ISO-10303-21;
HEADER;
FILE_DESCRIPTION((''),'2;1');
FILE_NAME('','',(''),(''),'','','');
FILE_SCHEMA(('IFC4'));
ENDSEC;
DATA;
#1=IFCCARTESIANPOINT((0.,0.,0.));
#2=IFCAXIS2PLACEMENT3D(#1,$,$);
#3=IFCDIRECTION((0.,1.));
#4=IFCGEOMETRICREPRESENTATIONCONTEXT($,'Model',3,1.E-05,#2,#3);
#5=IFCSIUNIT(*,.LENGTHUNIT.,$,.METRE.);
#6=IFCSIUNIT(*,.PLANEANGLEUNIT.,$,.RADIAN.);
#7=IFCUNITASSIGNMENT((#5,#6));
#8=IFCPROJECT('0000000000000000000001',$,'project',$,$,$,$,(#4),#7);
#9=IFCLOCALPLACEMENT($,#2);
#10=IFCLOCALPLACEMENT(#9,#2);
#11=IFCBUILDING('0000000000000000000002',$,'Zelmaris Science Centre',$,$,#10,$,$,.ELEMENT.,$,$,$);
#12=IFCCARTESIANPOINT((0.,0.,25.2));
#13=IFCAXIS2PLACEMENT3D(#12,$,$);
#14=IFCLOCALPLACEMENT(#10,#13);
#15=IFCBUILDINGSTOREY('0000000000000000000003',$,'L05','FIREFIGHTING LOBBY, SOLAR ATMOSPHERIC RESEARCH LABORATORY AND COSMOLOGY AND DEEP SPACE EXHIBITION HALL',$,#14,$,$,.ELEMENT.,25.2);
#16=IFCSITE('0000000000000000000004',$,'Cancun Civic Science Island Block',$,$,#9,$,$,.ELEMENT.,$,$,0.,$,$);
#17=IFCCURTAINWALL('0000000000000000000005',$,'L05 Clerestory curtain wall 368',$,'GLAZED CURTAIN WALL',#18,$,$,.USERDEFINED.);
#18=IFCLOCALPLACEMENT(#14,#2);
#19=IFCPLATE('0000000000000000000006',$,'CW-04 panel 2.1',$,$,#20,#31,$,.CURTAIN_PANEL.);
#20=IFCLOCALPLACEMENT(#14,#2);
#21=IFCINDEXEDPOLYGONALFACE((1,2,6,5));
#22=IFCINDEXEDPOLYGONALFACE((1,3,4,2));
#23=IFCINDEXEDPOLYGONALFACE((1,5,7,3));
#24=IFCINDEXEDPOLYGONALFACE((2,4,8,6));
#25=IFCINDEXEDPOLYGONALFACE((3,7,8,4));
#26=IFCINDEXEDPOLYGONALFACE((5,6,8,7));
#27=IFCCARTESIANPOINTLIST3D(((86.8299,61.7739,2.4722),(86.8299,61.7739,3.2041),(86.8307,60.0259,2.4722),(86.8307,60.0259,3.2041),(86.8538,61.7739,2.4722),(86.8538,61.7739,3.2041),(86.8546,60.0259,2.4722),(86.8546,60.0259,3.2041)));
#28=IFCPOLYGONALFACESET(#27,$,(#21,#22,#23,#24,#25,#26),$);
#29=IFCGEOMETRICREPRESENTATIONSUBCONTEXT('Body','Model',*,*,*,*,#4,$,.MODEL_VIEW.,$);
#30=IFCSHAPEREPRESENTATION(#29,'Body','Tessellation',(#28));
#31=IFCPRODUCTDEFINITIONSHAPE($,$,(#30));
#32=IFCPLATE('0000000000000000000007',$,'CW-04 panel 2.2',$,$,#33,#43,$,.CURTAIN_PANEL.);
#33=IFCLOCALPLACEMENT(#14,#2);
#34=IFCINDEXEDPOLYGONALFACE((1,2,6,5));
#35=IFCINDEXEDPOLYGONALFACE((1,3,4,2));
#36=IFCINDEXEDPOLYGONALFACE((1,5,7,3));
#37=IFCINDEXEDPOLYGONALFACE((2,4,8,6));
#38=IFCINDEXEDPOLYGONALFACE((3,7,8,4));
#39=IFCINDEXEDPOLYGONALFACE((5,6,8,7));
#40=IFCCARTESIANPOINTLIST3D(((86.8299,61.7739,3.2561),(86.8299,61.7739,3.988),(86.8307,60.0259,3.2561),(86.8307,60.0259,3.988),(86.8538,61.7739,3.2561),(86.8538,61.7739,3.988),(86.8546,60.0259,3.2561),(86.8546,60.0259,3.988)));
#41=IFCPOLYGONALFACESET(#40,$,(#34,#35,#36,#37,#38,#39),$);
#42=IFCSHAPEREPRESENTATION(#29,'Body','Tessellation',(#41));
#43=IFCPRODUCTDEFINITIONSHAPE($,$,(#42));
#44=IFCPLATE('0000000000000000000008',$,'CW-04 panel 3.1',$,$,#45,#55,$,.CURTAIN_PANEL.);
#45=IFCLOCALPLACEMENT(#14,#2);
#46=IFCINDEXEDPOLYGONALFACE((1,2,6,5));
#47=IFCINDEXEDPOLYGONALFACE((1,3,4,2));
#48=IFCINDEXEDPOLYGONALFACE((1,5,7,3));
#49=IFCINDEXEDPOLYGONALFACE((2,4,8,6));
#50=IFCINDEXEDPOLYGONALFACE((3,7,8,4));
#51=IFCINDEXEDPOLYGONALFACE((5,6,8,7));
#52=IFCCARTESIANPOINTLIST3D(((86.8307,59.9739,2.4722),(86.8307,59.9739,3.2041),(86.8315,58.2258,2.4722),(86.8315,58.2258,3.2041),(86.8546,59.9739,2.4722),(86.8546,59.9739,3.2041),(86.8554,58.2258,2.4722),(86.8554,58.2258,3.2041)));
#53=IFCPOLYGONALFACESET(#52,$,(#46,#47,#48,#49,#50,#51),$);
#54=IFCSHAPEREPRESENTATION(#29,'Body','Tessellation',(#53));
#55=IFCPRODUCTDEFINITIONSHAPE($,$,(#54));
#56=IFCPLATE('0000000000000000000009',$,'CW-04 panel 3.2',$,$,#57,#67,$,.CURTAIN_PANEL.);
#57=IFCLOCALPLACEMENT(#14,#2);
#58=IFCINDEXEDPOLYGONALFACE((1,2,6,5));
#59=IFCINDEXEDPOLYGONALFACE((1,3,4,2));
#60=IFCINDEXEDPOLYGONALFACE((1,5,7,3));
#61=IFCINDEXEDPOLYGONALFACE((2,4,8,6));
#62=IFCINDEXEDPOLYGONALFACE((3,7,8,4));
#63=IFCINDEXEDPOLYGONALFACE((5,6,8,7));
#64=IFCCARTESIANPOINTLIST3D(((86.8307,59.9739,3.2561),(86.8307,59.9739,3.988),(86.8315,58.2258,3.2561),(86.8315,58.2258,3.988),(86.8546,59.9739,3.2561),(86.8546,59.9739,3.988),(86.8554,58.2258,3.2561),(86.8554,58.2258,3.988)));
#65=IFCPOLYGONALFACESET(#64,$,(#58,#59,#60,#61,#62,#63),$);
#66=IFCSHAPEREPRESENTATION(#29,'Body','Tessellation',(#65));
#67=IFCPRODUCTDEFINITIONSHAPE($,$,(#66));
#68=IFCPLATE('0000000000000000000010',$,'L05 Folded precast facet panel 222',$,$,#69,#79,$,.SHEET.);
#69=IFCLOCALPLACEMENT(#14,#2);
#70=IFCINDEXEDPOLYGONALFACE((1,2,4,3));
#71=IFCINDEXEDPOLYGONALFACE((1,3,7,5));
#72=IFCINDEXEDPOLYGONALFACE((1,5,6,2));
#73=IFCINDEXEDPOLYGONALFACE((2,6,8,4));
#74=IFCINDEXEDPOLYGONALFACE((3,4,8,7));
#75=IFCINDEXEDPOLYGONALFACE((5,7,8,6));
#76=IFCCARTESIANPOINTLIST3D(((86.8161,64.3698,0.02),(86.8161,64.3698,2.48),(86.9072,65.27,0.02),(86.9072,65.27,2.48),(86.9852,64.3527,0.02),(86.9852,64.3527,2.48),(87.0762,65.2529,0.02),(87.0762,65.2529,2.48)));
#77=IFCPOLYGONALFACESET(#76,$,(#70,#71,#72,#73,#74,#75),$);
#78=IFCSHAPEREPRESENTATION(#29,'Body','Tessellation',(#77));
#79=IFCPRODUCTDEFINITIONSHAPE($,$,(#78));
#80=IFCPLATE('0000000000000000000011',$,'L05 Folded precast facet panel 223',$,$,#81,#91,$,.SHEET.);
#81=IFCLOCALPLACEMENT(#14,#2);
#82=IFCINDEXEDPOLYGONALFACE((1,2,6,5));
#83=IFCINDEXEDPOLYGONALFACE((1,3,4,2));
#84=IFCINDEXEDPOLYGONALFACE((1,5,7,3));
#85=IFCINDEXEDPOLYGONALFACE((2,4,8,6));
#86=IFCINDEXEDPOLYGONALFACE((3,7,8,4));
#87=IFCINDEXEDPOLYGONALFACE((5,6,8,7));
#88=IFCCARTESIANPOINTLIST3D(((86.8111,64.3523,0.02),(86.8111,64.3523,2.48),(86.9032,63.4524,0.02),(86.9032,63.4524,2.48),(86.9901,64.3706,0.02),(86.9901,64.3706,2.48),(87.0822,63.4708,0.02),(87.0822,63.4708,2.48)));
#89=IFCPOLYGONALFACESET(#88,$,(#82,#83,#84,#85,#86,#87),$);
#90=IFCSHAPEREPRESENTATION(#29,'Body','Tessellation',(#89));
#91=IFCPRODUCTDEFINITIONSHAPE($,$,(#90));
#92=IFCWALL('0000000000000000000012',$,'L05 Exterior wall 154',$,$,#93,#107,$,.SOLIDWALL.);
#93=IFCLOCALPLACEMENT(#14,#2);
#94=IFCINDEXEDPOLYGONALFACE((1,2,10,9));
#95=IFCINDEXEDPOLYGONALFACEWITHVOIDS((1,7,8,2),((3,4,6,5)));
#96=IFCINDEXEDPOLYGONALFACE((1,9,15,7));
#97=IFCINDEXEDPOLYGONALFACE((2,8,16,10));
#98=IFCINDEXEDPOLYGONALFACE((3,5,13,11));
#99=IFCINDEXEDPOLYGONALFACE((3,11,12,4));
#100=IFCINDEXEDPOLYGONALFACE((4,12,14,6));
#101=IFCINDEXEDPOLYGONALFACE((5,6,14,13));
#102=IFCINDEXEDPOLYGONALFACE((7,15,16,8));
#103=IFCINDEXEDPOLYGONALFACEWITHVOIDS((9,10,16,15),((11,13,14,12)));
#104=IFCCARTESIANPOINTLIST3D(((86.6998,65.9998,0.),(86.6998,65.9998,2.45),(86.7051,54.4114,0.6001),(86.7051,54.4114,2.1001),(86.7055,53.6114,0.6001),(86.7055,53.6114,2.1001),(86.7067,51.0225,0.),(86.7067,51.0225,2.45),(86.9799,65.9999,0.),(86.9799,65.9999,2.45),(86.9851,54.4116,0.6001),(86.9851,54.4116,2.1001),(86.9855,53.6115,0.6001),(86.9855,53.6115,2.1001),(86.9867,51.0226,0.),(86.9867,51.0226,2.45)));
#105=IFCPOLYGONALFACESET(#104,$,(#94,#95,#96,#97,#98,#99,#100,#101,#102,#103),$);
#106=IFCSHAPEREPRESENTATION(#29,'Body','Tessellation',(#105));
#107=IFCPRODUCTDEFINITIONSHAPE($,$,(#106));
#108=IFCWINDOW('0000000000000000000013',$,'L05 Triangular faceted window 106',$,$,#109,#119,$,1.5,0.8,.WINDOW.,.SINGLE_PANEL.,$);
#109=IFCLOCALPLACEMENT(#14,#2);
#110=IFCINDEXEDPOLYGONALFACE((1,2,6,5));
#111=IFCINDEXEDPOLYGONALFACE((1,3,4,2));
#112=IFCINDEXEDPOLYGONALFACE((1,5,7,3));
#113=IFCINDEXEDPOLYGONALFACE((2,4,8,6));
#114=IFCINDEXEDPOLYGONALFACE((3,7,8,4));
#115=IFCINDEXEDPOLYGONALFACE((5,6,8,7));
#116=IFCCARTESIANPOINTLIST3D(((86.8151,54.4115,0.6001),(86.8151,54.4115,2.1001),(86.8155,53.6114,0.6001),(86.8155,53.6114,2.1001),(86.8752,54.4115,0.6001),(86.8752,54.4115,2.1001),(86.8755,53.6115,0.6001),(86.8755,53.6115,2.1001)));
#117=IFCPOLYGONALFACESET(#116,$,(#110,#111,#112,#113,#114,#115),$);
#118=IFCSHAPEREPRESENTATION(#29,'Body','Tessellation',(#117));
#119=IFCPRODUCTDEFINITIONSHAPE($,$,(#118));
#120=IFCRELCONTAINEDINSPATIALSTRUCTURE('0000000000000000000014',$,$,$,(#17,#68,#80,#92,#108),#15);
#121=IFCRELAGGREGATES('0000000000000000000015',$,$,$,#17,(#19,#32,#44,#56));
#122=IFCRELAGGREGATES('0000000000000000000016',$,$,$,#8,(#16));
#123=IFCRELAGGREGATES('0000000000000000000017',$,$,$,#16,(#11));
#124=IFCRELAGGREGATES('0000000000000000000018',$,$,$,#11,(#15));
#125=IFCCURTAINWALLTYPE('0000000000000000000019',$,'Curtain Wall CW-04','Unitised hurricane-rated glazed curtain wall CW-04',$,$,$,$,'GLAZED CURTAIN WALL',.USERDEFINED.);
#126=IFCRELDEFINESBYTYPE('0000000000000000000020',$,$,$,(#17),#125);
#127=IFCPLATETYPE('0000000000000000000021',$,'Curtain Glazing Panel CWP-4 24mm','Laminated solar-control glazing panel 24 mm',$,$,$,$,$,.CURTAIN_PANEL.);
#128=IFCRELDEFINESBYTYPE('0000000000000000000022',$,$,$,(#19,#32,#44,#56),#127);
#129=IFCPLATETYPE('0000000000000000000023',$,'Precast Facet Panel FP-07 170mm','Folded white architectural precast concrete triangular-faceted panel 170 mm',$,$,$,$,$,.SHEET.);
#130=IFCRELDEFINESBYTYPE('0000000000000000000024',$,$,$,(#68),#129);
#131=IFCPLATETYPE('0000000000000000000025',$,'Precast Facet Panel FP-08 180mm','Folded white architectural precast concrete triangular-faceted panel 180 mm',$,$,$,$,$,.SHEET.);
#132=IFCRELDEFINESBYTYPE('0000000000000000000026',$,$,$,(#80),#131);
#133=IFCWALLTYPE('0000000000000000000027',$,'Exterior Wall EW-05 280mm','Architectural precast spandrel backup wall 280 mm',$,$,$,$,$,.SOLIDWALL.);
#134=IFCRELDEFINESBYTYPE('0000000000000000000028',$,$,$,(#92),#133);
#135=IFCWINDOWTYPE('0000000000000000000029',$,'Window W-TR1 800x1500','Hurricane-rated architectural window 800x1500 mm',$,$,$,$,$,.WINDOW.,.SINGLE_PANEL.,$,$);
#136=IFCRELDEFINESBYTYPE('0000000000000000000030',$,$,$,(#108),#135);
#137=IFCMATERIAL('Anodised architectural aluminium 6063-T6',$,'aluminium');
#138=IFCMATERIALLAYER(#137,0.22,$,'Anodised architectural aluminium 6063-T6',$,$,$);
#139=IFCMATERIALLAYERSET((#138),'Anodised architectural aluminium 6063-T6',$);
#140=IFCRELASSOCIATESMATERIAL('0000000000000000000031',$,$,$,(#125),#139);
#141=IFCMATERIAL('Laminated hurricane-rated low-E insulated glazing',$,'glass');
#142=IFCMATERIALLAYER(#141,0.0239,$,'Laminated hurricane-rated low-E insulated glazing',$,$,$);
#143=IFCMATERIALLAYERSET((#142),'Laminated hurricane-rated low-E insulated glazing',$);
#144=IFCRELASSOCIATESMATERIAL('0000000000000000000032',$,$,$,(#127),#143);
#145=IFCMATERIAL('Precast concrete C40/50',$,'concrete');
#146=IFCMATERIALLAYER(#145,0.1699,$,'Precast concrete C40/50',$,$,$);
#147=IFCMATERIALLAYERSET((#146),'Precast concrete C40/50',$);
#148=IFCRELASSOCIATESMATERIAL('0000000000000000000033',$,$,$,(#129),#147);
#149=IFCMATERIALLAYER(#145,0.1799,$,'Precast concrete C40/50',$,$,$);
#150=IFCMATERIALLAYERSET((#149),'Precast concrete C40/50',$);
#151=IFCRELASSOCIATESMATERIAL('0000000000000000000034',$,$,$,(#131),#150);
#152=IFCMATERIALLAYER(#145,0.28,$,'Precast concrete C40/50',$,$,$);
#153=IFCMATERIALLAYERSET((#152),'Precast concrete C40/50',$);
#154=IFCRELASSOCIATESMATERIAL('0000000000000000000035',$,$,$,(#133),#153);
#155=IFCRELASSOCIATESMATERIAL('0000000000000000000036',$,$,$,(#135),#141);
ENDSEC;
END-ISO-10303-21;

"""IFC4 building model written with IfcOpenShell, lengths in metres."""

from ifc_helpers import new_model, si_unit, direction, frame, frame_2d, origin, origin_2d, place, context, subcontext, project, spatial, rectangle, extrude, material, layer, layer_set, type_object, element, fill, aggregate, save


model = new_model("IFC4")

# Units and contexts
model_context = context("Model", 3, precision=1e-05, world=origin(), true_north=direction((0.0, 1.0)))
body_context = subcontext(model_context, "Body", "Model", "MODEL_VIEW")
ifc_project = project(units=[si_unit("LENGTHUNIT", "METRE"), si_unit("PLANEANGLEUNIT", "RADIAN")], contexts=[model_context])

# Site, building, storey
site_placement = place(None, origin())
site = spatial("IfcSite", under=ifc_project, at=site_placement, Name="Cancun Civic Science Island Block", CompositionType="ELEMENT", RefElevation=0.0)
building_placement = place(site_placement, origin())
building = spatial("IfcBuilding", under=site, at=building_placement, Name="Zelmaris Science Centre", CompositionType="ELEMENT")
storey_placement = place(building_placement, frame((0.0, 0.0, 25.2)))
storey = spatial("IfcBuildingStorey", under=building, at=storey_placement, Name="L05", Description="FIREFIGHTING LOBBY, SOLAR ATMOSPHERIC RESEARCH LABORATORY AND COSMOLOGY AND DEEP SPACE EXHIBITION HALL", CompositionType="ELEMENT", Elevation=25.2)

# Curtain wall
ifc_material_1 = material(Name="Anodised architectural aluminium 6063-T6", Category="aluminium")
ifc_layer_1 = layer(ifc_material_1, 0.22, Name="Anodised architectural aluminium 6063-T6")
ifc_layer_set_1 = layer_set([ifc_layer_1], Name="Anodised architectural aluminium 6063-T6")
curtain_wall_type_1 = type_object("IfcCurtainWallType", Name="Curtain Wall CW-04", Description="Unitised hurricane-rated glazed curtain wall CW-04", ElementType="GLAZED CURTAIN WALL", PredefinedType="USERDEFINED", material=ifc_layer_set_1)
curtain_wall_1_placement = place(storey_placement, origin())
curtain_wall_1 = element("IfcCurtainWall", 1, at=curtain_wall_1_placement, inside=storey, type_object=curtain_wall_type_1, Name="L05 Clerestory curtain wall 368", ObjectType="GLAZED CURTAIN WALL", PredefinedType="USERDEFINED")

# Plates
ifc_material_2 = material(Name="Laminated hurricane-rated low-E insulated glazing", Category="glass")
ifc_layer_2 = layer(ifc_material_2, 0.0239, Name="Laminated hurricane-rated low-E insulated glazing")
ifc_layer_set_2 = layer_set([ifc_layer_2], Name="Laminated hurricane-rated low-E insulated glazing")
plate_type_1 = type_object("IfcPlateType", Name="Curtain Glazing Panel CWP-4 24mm", Description="Laminated solar-control glazing panel 24 mm", PredefinedType="CURTAIN_PANEL", material=ifc_layer_set_2)
plate_1_placement = place(storey_placement, frame((86.8423, 60.8999, 2.4722), z_axis=(0.0, 0.0, 1.0), x_axis=(0.000457, -1.0, 0.0)))
plate_1 = element("IfcPlate", 2, at=plate_1_placement, type_object=plate_type_1, Name="CW-04 panel 2.1", PredefinedType="CURTAIN_PANEL", context=body_context, shape_type="SweptSolid", body=[
    extrude(rectangle(XDim=1.748, YDim=0.0239, at=origin_2d()), origin(), (0.0, 0.0, 1.0), 0.7319),
])
plate_2_placement = place(storey_placement, frame((86.8423, 60.8999, 3.2561), z_axis=(0.0, 0.0, 1.0), x_axis=(0.000457, -1.0, 0.0)))
plate_2 = element("IfcPlate", 3, at=plate_2_placement, type_object=plate_type_1, Name="CW-04 panel 2.2", PredefinedType="CURTAIN_PANEL", context=body_context, shape_type="SweptSolid", body=[
    extrude(rectangle(XDim=1.748, YDim=0.0239, at=origin_2d()), origin(), (0.0, 0.0, 1.0), 0.7319),
])
plate_3_placement = place(storey_placement, frame((86.843, 59.0999, 2.4722), z_axis=(0.0, 0.0, 1.0), x_axis=(0.000457, -1.0, 0.0)))
plate_3 = element("IfcPlate", 4, at=plate_3_placement, type_object=plate_type_1, Name="CW-04 panel 3.1", PredefinedType="CURTAIN_PANEL", context=body_context, shape_type="SweptSolid", body=[
    extrude(rectangle(XDim=1.748, YDim=0.0239, at=origin_2d()), origin(), (0.0, 0.0, 1.0), 0.7319),
])
plate_4_placement = place(storey_placement, frame((86.843, 59.0999, 3.2561), z_axis=(0.0, 0.0, 1.0), x_axis=(0.000457, -1.0, 0.0)))
plate_4 = element("IfcPlate", 5, at=plate_4_placement, type_object=plate_type_1, Name="CW-04 panel 3.2", PredefinedType="CURTAIN_PANEL", context=body_context, shape_type="SweptSolid", body=[
    extrude(rectangle(XDim=1.748, YDim=0.0239, at=origin_2d()), origin(), (0.0, 0.0, 1.0), 0.7319),
])
aggregate(curtain_wall_1, [plate_1, plate_2, plate_3, plate_4])

# Plates
ifc_material_3 = material(Name="Precast concrete C40/50", Category="concrete")
ifc_layer_3 = layer(ifc_material_3, 0.1699, Name="Precast concrete C40/50")
ifc_layer_set_3 = layer_set([ifc_layer_3], Name="Precast concrete C40/50")
plate_type_2 = type_object("IfcPlateType", Name="Precast Facet Panel FP-07 170mm", Description="Folded white architectural precast concrete triangular-faceted panel 170 mm", PredefinedType="SHEET", material=ifc_layer_set_3)
plate_5_placement = place(storey_placement, frame((86.9917, 65.2615, 0.02), z_axis=(0.0, 0.0, 1.0), x_axis=(-0.100653, -0.994922, 0.0)))
element("IfcPlate", 6, at=plate_5_placement, inside=storey, type_object=plate_type_2, Name="L05 Folded precast facet panel 222", PredefinedType="SHEET", context=body_context, shape_type="SweptSolid", body=[
    extrude(rectangle(XDim=0.9048, YDim=0.1699, at=frame_2d((0.4524, 0.0))), origin(), (0.0, 0.0, 1.0), 2.46),
])
ifc_layer_4 = layer(ifc_material_3, 0.1799, Name="Precast concrete C40/50")
ifc_layer_set_4 = layer_set([ifc_layer_4], Name="Precast concrete C40/50")
plate_type_3 = type_object("IfcPlateType", Name="Precast Facet Panel FP-08 180mm", Description="Folded white architectural precast concrete triangular-faceted panel 180 mm", PredefinedType="SHEET", material=ifc_layer_set_4)
plate_6_placement = place(storey_placement, frame((86.9006, 64.3613, 0.02), z_axis=(0.0, 0.0, 1.0), x_axis=(0.101748, -0.99481, 0.0)))
element("IfcPlate", 7, at=plate_6_placement, inside=storey, type_object=plate_type_3, Name="L05 Folded precast facet panel 223", PredefinedType="SHEET", context=body_context, shape_type="SweptSolid", body=[
    extrude(rectangle(XDim=0.9045, YDim=0.1799, at=frame_2d((0.4521, 0.0))), origin(), (0.0, 0.0, 1.0), 2.46),
])

# Wall, opening, window
ifc_layer_5 = layer(ifc_material_3, 0.28, Name="Precast concrete C40/50")
ifc_layer_set_5 = layer_set([ifc_layer_5], Name="Precast concrete C40/50")
wall_type = type_object("IfcWallType", Name="Exterior Wall EW-05 280mm", Description="Architectural precast spandrel backup wall 280 mm", PredefinedType="SOLIDWALL", material=ifc_layer_set_5)
wall_placement = place(storey_placement, frame((86.8398, 66.0, 0.0), z_axis=(0.0, 0.0, 1.0), x_axis=(0.000456, -1.0, 0.0)))
wall = element("IfcWall", 8, at=wall_placement, inside=storey, type_object=wall_type, Name="L05 Exterior wall 154", PredefinedType="SOLIDWALL", context=body_context, shape_type="SweptSolid", body=[
    extrude(rectangle(XDim=14.9773, YDim=0.28, at=frame_2d((7.4888, 0.0))), origin(), (0.0, 0.0, 1.0), 2.45),
])
opening_placement = place(wall_placement, frame((11.5886, 0.0, 0.6001)))
opening = element("IfcOpeningElement", 9, at=opening_placement, cuts=wall, PredefinedType="OPENING", context=body_context, shape_type="SweptSolid", body=[
    extrude(rectangle(XDim=0.8, YDim=1.5, at=frame_2d((0.3999, 0.75))), frame((0.0, 0.1499, 0.0), z_axis=(0.0, -1.0, 0.0), x_axis=(1.0, 0.0, 0.0)), (0.0, 0.0, 1.0), 0.3),
])
window_type = type_object("IfcWindowType", Name="Window W-TR1 800x1500", Description="Hurricane-rated architectural window 800x1500 mm", PartitioningType="SINGLE_PANEL", PredefinedType="WINDOW", material=ifc_material_2)
window_placement = place(opening_placement, origin())
window = element("IfcWindow", 10, at=window_placement, inside=storey, type_object=window_type, Name="L05 Triangular faceted window 106", OverallHeight=1.5, OverallWidth=0.8, PartitioningType="SINGLE_PANEL", PredefinedType="WINDOW", context=body_context, shape_type="SweptSolid", body=[
    extrude(rectangle(XDim=0.8, YDim=1.5, at=frame_2d((0.3999, 0.75))), frame((0.0, 0.03, 0.0), z_axis=(0.0, -1.0, 0.0), x_axis=(1.0, 0.0, 0.0)), (0.0, 0.0, 1.0), 0.0601),
])
fill(opening, window)

save(model, "model.ifc")
